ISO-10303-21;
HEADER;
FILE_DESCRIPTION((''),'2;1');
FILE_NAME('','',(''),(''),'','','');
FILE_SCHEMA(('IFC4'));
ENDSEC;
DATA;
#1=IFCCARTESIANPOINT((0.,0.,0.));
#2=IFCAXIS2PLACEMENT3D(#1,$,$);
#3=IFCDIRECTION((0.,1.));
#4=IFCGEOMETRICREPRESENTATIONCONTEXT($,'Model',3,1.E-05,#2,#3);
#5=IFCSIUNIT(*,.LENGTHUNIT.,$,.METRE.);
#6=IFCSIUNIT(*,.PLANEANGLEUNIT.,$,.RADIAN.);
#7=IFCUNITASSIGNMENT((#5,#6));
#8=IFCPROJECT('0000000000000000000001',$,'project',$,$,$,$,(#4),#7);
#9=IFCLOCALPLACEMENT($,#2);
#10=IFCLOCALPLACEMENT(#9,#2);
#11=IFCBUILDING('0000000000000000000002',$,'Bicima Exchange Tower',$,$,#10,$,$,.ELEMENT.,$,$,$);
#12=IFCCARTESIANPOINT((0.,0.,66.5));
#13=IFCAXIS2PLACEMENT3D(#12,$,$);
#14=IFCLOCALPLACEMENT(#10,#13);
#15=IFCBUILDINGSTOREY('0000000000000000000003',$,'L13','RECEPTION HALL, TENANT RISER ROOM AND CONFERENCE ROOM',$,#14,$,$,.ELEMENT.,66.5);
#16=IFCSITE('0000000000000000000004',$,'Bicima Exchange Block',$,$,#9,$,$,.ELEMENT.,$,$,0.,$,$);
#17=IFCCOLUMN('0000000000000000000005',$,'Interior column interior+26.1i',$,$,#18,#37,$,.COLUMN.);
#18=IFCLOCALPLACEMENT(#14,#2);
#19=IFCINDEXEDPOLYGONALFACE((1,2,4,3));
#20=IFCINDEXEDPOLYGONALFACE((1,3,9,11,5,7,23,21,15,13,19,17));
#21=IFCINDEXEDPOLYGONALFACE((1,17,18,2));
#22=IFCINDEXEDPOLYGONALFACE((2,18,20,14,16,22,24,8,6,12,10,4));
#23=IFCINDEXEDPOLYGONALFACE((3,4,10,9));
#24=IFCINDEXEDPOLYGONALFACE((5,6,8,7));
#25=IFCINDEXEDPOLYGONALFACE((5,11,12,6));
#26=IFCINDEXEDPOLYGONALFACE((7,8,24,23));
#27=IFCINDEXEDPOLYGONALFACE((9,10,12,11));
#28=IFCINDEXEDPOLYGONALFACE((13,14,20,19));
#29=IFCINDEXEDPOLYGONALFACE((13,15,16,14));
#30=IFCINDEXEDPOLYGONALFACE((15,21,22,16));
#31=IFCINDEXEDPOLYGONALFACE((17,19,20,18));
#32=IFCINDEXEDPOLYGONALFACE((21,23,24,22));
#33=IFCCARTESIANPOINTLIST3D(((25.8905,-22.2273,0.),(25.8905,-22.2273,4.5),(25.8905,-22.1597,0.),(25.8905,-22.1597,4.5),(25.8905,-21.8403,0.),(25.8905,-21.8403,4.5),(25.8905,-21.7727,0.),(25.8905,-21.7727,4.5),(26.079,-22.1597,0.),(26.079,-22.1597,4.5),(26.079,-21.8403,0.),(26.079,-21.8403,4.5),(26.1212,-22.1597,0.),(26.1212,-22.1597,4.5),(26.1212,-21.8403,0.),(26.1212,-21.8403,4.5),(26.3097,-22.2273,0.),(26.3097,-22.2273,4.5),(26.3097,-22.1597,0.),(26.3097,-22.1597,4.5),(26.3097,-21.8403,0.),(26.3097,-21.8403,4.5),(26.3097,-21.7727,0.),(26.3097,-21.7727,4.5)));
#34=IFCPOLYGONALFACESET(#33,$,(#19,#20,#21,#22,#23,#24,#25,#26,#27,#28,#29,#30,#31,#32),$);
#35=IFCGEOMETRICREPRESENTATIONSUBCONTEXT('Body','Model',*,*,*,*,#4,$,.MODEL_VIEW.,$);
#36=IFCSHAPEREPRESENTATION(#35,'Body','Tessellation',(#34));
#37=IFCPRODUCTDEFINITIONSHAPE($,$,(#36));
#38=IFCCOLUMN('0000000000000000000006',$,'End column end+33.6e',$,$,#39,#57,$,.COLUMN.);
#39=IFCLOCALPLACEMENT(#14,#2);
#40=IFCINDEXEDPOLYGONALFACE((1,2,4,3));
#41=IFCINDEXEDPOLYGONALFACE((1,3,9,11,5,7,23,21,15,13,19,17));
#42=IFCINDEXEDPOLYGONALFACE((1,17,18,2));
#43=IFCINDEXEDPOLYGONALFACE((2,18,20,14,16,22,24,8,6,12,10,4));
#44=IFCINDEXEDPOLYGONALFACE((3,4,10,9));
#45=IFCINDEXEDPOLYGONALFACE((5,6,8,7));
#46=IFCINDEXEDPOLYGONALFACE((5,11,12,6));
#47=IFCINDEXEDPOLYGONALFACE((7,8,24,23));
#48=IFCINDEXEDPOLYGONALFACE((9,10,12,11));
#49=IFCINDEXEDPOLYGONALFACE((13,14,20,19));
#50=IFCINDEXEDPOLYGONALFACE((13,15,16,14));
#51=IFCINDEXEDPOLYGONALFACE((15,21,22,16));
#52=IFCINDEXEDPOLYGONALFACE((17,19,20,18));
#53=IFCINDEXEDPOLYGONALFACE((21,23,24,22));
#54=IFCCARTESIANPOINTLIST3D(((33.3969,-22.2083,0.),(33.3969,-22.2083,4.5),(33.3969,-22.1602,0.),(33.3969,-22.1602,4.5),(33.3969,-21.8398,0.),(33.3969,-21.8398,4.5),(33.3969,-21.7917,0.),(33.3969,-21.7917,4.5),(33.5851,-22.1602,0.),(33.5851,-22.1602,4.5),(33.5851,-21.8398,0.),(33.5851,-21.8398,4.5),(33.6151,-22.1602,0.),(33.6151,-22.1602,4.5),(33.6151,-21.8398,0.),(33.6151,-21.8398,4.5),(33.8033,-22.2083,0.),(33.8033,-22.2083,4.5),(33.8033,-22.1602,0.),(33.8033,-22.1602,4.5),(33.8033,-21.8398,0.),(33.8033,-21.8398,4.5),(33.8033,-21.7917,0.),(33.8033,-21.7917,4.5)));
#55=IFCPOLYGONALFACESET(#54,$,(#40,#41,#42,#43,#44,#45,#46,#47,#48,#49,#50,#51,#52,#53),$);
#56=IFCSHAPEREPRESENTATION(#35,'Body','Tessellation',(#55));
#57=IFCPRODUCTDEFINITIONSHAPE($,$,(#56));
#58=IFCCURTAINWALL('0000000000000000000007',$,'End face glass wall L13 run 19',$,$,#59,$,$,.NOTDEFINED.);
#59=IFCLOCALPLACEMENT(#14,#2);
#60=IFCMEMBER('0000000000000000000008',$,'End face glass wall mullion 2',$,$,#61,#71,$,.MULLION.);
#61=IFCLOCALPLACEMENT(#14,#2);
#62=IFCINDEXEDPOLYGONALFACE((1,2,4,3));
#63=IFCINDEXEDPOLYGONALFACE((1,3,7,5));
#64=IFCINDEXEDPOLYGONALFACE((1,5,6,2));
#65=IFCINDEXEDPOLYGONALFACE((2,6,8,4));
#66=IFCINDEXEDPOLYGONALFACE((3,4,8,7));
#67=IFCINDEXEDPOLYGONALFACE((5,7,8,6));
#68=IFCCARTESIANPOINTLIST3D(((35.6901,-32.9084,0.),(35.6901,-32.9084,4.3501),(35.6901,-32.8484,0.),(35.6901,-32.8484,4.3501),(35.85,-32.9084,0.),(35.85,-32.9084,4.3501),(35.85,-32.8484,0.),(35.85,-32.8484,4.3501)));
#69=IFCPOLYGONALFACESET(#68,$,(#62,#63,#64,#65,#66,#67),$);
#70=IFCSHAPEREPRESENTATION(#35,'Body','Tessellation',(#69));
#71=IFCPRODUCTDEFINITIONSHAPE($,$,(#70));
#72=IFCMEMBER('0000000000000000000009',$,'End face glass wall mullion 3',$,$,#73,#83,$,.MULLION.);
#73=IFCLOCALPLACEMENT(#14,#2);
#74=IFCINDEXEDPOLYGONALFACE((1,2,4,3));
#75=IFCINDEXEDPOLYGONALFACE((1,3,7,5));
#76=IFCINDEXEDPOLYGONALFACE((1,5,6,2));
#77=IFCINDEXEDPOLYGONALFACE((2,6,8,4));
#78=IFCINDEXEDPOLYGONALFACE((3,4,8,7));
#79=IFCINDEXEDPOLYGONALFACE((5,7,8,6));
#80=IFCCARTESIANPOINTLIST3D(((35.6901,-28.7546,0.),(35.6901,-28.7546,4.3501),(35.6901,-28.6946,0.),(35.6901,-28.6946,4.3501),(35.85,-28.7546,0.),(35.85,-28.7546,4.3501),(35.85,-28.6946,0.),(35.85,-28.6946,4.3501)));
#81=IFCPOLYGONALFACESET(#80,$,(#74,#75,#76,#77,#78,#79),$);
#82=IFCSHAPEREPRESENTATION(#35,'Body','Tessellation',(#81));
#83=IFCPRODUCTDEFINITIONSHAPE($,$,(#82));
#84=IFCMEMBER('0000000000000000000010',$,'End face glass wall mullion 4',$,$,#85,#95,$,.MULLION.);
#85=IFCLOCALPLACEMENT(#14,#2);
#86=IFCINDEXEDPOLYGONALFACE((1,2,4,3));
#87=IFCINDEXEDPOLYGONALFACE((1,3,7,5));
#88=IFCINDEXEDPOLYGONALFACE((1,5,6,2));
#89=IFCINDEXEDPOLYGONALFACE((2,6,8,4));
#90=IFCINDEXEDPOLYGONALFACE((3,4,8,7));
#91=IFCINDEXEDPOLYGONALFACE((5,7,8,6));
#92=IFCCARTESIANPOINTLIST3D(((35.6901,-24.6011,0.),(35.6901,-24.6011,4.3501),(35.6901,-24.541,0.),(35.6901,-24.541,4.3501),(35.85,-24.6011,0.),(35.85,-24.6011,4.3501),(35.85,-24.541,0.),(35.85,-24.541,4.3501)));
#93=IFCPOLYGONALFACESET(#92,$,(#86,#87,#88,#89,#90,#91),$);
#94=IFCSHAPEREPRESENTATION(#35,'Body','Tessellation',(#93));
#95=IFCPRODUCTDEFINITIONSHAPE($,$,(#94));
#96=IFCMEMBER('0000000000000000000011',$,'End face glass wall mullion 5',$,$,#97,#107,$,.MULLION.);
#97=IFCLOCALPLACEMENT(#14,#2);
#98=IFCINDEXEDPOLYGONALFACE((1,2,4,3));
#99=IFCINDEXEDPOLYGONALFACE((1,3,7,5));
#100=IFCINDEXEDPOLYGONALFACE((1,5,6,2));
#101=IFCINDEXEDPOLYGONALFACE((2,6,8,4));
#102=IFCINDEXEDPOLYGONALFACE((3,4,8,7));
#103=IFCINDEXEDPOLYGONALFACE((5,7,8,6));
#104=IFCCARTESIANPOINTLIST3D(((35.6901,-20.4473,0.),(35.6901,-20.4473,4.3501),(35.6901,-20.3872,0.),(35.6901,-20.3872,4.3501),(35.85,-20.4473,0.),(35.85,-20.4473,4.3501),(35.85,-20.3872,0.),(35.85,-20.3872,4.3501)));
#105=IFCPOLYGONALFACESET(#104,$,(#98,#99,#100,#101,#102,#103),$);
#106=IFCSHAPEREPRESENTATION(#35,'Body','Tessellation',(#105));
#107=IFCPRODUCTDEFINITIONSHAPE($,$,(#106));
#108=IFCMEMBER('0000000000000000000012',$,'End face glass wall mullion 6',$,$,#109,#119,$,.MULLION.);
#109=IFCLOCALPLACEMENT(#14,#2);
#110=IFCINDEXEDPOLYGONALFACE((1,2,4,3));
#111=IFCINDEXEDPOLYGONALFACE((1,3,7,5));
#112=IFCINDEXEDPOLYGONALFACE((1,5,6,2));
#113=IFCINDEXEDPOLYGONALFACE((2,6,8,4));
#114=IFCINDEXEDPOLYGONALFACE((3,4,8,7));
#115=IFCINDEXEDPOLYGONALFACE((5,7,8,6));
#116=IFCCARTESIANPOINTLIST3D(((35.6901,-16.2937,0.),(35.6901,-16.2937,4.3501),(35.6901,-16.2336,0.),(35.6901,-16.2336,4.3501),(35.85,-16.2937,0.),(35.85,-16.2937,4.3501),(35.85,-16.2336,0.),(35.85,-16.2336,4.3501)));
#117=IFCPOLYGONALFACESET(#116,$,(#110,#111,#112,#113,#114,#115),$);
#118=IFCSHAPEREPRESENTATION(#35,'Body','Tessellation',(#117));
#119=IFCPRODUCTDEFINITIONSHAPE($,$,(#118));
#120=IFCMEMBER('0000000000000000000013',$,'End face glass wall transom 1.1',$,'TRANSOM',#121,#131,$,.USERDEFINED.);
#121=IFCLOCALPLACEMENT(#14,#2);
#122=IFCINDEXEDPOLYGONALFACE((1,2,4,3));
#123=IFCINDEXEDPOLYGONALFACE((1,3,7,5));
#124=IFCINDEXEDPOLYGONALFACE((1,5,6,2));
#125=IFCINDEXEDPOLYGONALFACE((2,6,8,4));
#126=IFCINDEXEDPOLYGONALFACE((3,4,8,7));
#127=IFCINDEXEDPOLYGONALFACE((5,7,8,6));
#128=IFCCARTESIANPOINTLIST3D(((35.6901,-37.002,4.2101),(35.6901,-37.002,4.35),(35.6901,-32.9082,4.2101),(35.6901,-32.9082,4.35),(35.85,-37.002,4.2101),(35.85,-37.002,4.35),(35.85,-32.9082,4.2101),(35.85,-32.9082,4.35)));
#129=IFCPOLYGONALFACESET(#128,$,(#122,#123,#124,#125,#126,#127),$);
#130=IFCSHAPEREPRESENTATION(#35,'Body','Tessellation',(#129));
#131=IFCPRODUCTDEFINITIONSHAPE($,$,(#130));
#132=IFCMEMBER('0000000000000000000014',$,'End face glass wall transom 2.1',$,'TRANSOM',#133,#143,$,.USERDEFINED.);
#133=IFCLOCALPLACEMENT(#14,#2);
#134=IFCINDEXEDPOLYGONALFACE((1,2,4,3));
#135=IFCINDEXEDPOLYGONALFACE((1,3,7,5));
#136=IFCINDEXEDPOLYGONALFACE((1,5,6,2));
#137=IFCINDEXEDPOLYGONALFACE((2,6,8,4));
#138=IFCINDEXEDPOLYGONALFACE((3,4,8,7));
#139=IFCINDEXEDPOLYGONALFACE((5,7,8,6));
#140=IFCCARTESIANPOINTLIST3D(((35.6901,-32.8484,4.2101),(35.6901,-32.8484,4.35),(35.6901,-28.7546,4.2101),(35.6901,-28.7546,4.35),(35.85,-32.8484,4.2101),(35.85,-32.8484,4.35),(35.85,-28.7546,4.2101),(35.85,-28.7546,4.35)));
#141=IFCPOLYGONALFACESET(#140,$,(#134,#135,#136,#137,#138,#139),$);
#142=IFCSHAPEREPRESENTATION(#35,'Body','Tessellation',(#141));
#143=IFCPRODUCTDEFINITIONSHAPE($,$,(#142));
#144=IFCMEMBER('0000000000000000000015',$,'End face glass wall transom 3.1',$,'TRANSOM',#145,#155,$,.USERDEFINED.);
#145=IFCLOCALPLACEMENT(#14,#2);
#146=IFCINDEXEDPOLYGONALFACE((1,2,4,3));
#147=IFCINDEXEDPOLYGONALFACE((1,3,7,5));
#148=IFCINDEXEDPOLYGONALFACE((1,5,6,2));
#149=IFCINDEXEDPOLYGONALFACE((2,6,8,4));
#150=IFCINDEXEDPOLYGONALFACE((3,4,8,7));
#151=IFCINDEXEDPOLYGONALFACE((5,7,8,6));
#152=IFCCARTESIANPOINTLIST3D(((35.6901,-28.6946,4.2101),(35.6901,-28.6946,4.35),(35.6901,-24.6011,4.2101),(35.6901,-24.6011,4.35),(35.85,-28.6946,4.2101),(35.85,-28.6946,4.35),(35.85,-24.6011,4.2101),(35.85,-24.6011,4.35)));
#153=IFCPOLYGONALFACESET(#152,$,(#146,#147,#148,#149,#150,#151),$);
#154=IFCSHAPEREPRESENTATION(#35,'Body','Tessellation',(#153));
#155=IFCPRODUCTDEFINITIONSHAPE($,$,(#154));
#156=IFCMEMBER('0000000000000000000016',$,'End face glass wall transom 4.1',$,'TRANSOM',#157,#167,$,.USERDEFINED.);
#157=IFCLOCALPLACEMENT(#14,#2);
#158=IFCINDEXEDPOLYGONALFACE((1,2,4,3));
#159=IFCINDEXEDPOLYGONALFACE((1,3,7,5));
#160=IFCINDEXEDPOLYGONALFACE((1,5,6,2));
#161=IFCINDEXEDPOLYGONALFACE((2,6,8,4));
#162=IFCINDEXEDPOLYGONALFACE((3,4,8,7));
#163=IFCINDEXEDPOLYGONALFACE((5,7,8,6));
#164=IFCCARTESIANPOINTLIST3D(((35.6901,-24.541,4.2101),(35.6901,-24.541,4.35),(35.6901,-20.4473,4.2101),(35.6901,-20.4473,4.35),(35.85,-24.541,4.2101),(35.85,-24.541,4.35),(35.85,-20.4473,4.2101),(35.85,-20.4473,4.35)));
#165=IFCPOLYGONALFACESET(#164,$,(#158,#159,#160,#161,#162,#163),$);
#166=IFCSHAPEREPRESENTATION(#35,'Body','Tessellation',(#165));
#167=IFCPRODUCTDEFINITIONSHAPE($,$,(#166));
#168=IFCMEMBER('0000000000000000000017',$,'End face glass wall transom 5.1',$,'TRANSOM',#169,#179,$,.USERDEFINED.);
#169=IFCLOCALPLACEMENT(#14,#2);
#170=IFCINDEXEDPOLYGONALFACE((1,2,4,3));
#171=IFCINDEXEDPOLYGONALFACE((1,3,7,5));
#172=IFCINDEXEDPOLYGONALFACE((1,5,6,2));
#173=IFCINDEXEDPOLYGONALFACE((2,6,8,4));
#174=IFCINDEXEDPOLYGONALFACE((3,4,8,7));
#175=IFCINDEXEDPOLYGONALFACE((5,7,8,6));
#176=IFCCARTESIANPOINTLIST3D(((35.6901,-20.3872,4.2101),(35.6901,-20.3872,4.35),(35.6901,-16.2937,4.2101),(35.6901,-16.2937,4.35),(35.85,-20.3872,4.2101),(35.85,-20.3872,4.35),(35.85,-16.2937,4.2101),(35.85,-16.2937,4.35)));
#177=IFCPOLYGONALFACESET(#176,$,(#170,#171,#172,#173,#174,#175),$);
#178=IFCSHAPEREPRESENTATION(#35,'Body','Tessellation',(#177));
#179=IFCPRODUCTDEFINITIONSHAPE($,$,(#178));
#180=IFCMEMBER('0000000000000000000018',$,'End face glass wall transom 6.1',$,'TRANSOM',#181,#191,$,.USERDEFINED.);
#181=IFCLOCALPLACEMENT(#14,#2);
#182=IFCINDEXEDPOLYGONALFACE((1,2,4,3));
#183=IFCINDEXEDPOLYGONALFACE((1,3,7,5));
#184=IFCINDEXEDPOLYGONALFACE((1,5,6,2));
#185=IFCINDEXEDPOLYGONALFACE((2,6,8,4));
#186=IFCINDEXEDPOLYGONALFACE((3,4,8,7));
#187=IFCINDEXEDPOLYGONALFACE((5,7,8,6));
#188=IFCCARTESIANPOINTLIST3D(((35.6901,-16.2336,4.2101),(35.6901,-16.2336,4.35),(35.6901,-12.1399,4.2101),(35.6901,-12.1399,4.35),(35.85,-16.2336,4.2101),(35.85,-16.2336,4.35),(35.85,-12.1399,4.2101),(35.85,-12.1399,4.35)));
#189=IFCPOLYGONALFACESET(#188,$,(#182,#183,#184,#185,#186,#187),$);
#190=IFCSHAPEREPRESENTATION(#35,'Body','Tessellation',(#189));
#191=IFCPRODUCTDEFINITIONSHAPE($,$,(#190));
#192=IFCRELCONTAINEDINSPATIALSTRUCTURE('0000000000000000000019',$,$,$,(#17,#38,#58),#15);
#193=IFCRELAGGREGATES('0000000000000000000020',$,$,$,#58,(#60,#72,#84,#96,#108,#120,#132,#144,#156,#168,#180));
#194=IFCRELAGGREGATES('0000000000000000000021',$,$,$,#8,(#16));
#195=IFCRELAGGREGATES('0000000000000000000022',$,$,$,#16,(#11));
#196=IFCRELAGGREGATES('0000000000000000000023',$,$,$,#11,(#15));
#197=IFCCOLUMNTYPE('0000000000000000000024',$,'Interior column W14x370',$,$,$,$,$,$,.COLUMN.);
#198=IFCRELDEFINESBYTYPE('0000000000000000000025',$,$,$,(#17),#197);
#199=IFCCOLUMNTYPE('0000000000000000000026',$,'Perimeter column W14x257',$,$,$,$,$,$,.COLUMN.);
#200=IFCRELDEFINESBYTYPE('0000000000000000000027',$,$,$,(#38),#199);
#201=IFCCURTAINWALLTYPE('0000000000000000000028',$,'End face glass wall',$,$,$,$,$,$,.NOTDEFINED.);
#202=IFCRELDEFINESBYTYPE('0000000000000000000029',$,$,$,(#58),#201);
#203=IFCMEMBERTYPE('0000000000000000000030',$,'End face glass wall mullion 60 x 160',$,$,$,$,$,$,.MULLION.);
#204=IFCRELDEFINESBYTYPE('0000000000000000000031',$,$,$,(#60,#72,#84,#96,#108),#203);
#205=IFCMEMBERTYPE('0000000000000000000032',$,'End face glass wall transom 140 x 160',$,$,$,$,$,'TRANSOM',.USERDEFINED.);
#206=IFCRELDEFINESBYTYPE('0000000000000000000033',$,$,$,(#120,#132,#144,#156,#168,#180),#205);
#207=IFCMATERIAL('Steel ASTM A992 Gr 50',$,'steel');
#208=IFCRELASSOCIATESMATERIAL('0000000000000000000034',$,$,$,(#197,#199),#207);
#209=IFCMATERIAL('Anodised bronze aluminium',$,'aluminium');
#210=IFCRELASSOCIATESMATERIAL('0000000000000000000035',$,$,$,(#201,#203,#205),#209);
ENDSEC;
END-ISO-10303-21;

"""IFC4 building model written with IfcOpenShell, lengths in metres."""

from ifc_helpers import new_model, si_unit, direction, frame, origin, origin_2d, place, context, subcontext, project, spatial, rectangle, i_section, extrude, material, material_profile, profile_set, type_object, element, aggregate, save


model = new_model("IFC4")

# Units and contexts
model_context = context("Model", 3, precision=1e-05, world=origin(), true_north=direction((0.0, 1.0)))
body_context = subcontext(model_context, "Body", "Model", "MODEL_VIEW")
ifc_project = project(units=[si_unit("LENGTHUNIT", "METRE"), si_unit("PLANEANGLEUNIT", "RADIAN")], contexts=[model_context])

# Site, building, storey
site_placement = place(None, origin())
site = spatial("IfcSite", under=ifc_project, at=site_placement, Name="Bicima Exchange Block", CompositionType="ELEMENT", RefElevation=0.0)
building_placement = place(site_placement, origin())
building = spatial("IfcBuilding", under=site, at=building_placement, Name="Bicima Exchange Tower", CompositionType="ELEMENT")
storey_placement = place(building_placement, frame((0.0, 0.0, 66.5)))
storey = spatial("IfcBuildingStorey", under=building, at=storey_placement, Name="L13", Description="RECEPTION HALL, TENANT RISER ROOM AND CONFERENCE ROOM", CompositionType="ELEMENT", Elevation=66.5)

# Columns
ifc_material_1 = material(Name="Steel ASTM A992 Gr 50", Category="steel")
ifc_material_profile_1 = material_profile(ifc_material_1, i_section(OverallWidth=0.4192, OverallDepth=0.4546, WebThickness=0.0422, FlangeThickness=0.0676, at=origin_2d()))
ifc_profile_set_1 = profile_set([ifc_material_profile_1], Name="Steel ASTM A992 Gr 50")
column_type_1 = type_object("IfcColumnType", Name="Interior column W14x370", PredefinedType="COLUMN", material=ifc_profile_set_1)
column_1_placement = place(storey_placement, frame((26.1001, -22.0, 0.0), z_axis=(0.0, 0.0, 1.0), x_axis=(1.0, 0.0, 0.0)))
element("IfcColumn", 1, at=column_1_placement, inside=storey, type_object=column_type_1, Name="Interior column interior+26.1i", PredefinedType="COLUMN", context=body_context, shape_type="SweptSolid", body=[
    extrude(i_section(OverallWidth=0.4192, OverallDepth=0.4546, WebThickness=0.0422, FlangeThickness=0.0676, at=origin_2d()), origin(), (0.0, 0.0, 1.0), 4.5),
])
ifc_material_profile_2 = material_profile(ifc_material_1, i_section(OverallWidth=0.4065, OverallDepth=0.4165, WebThickness=0.03, FlangeThickness=0.0481, at=origin_2d()))
ifc_profile_set_2 = profile_set([ifc_material_profile_2], Name="Steel ASTM A992 Gr 50")
column_type_2 = type_object("IfcColumnType", Name="Perimeter column W14x257", PredefinedType="COLUMN", material=ifc_profile_set_2)
column_2_placement = place(storey_placement, frame((33.6001, -22.0, 0.0), z_axis=(0.0, 0.0, 1.0), x_axis=(1.0, 0.0, 0.0)))
element("IfcColumn", 2, at=column_2_placement, inside=storey, type_object=column_type_2, Name="End column end+33.6e", PredefinedType="COLUMN", context=body_context, shape_type="SweptSolid", body=[
    extrude(i_section(OverallWidth=0.4065, OverallDepth=0.4165, WebThickness=0.03, FlangeThickness=0.0481, at=origin_2d()), origin(), (0.0, 0.0, 1.0), 4.5),
])

# Curtain wall, members
ifc_material_2 = material(Name="Anodised bronze aluminium", Category="aluminium")
curtain_wall_type = type_object("IfcCurtainWallType", Name="End face glass wall", PredefinedType="NOTDEFINED", material=ifc_material_2)
curtain_wall_placement = place(storey_placement, origin())
curtain_wall = element("IfcCurtainWall", 3, at=curtain_wall_placement, inside=storey, type_object=curtain_wall_type, Name="End face glass wall L13 run 19", PredefinedType="NOTDEFINED")
ifc_material_profile_3 = material_profile(ifc_material_2, rectangle(XDim=0.1599, YDim=0.0601, at=origin_2d()))
ifc_profile_set_3 = profile_set([ifc_material_profile_3], Name="Anodised bronze aluminium")
member_type_1 = type_object("IfcMemberType", Name="End face glass wall mullion 60 x 160", PredefinedType="MULLION", material=ifc_profile_set_3)
member_1_placement = place(storey_placement, frame((35.77, -32.8784, 0.0), z_axis=(0.0, 0.0, 1.0), x_axis=(-1.0, 0.0, 0.0)))
member_1 = element("IfcMember", 4, at=member_1_placement, type_object=member_type_1, Name="End face glass wall mullion 2", PredefinedType="MULLION", context=body_context, shape_type="SweptSolid", body=[
    extrude(rectangle(XDim=0.1599, YDim=0.0601, at=origin_2d()), origin(), (0.0, 0.0, 1.0), 4.3501),
])
member_2_placement = place(storey_placement, frame((35.77, -28.7246, 0.0), z_axis=(0.0, 0.0, 1.0), x_axis=(-1.0, 0.0, 0.0)))
member_2 = element("IfcMember", 5, at=member_2_placement, type_object=member_type_1, Name="End face glass wall mullion 3", PredefinedType="MULLION", context=body_context, shape_type="SweptSolid", body=[
    extrude(rectangle(XDim=0.1599, YDim=0.0601, at=origin_2d()), origin(), (0.0, 0.0, 1.0), 4.3501),
])
member_3_placement = place(storey_placement, frame((35.77, -24.571, 0.0), z_axis=(0.0, 0.0, 1.0), x_axis=(-1.0, 0.0, 0.0)))
member_3 = element("IfcMember", 6, at=member_3_placement, type_object=member_type_1, Name="End face glass wall mullion 4", PredefinedType="MULLION", context=body_context, shape_type="SweptSolid", body=[
    extrude(rectangle(XDim=0.1599, YDim=0.0601, at=origin_2d()), origin(), (0.0, 0.0, 1.0), 4.3501),
])
member_4_placement = place(storey_placement, frame((35.77, -20.4172, 0.0), z_axis=(0.0, 0.0, 1.0), x_axis=(-1.0, 0.0, 0.0)))
member_4 = element("IfcMember", 7, at=member_4_placement, type_object=member_type_1, Name="End face glass wall mullion 5", PredefinedType="MULLION", context=body_context, shape_type="SweptSolid", body=[
    extrude(rectangle(XDim=0.1599, YDim=0.0601, at=origin_2d()), origin(), (0.0, 0.0, 1.0), 4.3501),
])
member_5_placement = place(storey_placement, frame((35.77, -16.2637, 0.0), z_axis=(0.0, 0.0, 1.0), x_axis=(-1.0, 0.0, 0.0)))
member_5 = element("IfcMember", 8, at=member_5_placement, type_object=member_type_1, Name="End face glass wall mullion 6", PredefinedType="MULLION", context=body_context, shape_type="SweptSolid", body=[
    extrude(rectangle(XDim=0.1599, YDim=0.0601, at=origin_2d()), origin(), (0.0, 0.0, 1.0), 4.3501),
])
ifc_material_profile_4 = material_profile(ifc_material_2, rectangle(XDim=0.1599, YDim=0.1399, at=origin_2d()))
ifc_profile_set_4 = profile_set([ifc_material_profile_4], Name="Anodised bronze aluminium")
member_type_2 = type_object("IfcMemberType", Name="End face glass wall transom 140 x 160", ElementType="TRANSOM", PredefinedType="USERDEFINED", material=ifc_profile_set_4)
member_6_placement = place(storey_placement, frame((35.77, -37.002, 4.28), z_axis=(0.0, 1.0, 0.0), x_axis=(-1.0, 0.0, 0.0)))
member_6 = element("IfcMember", 9, at=member_6_placement, type_object=member_type_2, Name="End face glass wall transom 1.1", ObjectType="TRANSOM", PredefinedType="USERDEFINED", context=body_context, shape_type="SweptSolid", body=[
    extrude(rectangle(XDim=0.1599, YDim=0.1399, at=origin_2d()), origin(), (0.0, 0.0, 1.0), 4.0938),
])
member_7_placement = place(storey_placement, frame((35.77, -32.8484, 4.28), z_axis=(0.0, 1.0, 0.0), x_axis=(-1.0, 0.0, 0.0)))
member_7 = element("IfcMember", 10, at=member_7_placement, type_object=member_type_2, Name="End face glass wall transom 2.1", ObjectType="TRANSOM", PredefinedType="USERDEFINED", context=body_context, shape_type="SweptSolid", body=[
    extrude(rectangle(XDim=0.1599, YDim=0.1399, at=origin_2d()), origin(), (0.0, 0.0, 1.0), 4.0938),
])
member_8_placement = place(storey_placement, frame((35.77, -28.6946, 4.28), z_axis=(0.0, 1.0, 0.0), x_axis=(-1.0, 0.0, 0.0)))
member_8 = element("IfcMember", 11, at=member_8_placement, type_object=member_type_2, Name="End face glass wall transom 3.1", ObjectType="TRANSOM", PredefinedType="USERDEFINED", context=body_context, shape_type="SweptSolid", body=[
    extrude(rectangle(XDim=0.1599, YDim=0.1399, at=origin_2d()), origin(), (0.0, 0.0, 1.0), 4.0935),
])
member_9_placement = place(storey_placement, frame((35.77, -24.541, 4.28), z_axis=(0.0, 1.0, 0.0), x_axis=(-1.0, 0.0, 0.0)))
member_9 = element("IfcMember", 12, at=member_9_placement, type_object=member_type_2, Name="End face glass wall transom 4.1", ObjectType="TRANSOM", PredefinedType="USERDEFINED", context=body_context, shape_type="SweptSolid", body=[
    extrude(rectangle(XDim=0.1599, YDim=0.1399, at=origin_2d()), origin(), (0.0, 0.0, 1.0), 4.0938),
])
member_10_placement = place(storey_placement, frame((35.77, -20.3872, 4.28), z_axis=(0.0, 1.0, 0.0), x_axis=(-1.0, 0.0, 0.0)))
member_10 = element("IfcMember", 13, at=member_10_placement, type_object=member_type_2, Name="End face glass wall transom 5.1", ObjectType="TRANSOM", PredefinedType="USERDEFINED", context=body_context, shape_type="SweptSolid", body=[
    extrude(rectangle(XDim=0.1599, YDim=0.1399, at=origin_2d()), origin(), (0.0, 0.0, 1.0), 4.0935),
])
member_11_placement = place(storey_placement, frame((35.77, -16.2336, 4.28), z_axis=(0.0, 1.0, 0.0), x_axis=(-1.0, 0.0, 0.0)))
member_11 = element("IfcMember", 14, at=member_11_placement, type_object=member_type_2, Name="End face glass wall transom 6.1", ObjectType="TRANSOM", PredefinedType="USERDEFINED", context=body_context, shape_type="SweptSolid", body=[
    extrude(rectangle(XDim=0.1599, YDim=0.1399, at=origin_2d()), origin(), (0.0, 0.0, 1.0), 4.0938),
])

aggregate(curtain_wall, [member_1, member_2, member_3, member_4, member_5, member_6, member_7, member_8, member_9, member_10, member_11])

save(model, "model.ifc")
